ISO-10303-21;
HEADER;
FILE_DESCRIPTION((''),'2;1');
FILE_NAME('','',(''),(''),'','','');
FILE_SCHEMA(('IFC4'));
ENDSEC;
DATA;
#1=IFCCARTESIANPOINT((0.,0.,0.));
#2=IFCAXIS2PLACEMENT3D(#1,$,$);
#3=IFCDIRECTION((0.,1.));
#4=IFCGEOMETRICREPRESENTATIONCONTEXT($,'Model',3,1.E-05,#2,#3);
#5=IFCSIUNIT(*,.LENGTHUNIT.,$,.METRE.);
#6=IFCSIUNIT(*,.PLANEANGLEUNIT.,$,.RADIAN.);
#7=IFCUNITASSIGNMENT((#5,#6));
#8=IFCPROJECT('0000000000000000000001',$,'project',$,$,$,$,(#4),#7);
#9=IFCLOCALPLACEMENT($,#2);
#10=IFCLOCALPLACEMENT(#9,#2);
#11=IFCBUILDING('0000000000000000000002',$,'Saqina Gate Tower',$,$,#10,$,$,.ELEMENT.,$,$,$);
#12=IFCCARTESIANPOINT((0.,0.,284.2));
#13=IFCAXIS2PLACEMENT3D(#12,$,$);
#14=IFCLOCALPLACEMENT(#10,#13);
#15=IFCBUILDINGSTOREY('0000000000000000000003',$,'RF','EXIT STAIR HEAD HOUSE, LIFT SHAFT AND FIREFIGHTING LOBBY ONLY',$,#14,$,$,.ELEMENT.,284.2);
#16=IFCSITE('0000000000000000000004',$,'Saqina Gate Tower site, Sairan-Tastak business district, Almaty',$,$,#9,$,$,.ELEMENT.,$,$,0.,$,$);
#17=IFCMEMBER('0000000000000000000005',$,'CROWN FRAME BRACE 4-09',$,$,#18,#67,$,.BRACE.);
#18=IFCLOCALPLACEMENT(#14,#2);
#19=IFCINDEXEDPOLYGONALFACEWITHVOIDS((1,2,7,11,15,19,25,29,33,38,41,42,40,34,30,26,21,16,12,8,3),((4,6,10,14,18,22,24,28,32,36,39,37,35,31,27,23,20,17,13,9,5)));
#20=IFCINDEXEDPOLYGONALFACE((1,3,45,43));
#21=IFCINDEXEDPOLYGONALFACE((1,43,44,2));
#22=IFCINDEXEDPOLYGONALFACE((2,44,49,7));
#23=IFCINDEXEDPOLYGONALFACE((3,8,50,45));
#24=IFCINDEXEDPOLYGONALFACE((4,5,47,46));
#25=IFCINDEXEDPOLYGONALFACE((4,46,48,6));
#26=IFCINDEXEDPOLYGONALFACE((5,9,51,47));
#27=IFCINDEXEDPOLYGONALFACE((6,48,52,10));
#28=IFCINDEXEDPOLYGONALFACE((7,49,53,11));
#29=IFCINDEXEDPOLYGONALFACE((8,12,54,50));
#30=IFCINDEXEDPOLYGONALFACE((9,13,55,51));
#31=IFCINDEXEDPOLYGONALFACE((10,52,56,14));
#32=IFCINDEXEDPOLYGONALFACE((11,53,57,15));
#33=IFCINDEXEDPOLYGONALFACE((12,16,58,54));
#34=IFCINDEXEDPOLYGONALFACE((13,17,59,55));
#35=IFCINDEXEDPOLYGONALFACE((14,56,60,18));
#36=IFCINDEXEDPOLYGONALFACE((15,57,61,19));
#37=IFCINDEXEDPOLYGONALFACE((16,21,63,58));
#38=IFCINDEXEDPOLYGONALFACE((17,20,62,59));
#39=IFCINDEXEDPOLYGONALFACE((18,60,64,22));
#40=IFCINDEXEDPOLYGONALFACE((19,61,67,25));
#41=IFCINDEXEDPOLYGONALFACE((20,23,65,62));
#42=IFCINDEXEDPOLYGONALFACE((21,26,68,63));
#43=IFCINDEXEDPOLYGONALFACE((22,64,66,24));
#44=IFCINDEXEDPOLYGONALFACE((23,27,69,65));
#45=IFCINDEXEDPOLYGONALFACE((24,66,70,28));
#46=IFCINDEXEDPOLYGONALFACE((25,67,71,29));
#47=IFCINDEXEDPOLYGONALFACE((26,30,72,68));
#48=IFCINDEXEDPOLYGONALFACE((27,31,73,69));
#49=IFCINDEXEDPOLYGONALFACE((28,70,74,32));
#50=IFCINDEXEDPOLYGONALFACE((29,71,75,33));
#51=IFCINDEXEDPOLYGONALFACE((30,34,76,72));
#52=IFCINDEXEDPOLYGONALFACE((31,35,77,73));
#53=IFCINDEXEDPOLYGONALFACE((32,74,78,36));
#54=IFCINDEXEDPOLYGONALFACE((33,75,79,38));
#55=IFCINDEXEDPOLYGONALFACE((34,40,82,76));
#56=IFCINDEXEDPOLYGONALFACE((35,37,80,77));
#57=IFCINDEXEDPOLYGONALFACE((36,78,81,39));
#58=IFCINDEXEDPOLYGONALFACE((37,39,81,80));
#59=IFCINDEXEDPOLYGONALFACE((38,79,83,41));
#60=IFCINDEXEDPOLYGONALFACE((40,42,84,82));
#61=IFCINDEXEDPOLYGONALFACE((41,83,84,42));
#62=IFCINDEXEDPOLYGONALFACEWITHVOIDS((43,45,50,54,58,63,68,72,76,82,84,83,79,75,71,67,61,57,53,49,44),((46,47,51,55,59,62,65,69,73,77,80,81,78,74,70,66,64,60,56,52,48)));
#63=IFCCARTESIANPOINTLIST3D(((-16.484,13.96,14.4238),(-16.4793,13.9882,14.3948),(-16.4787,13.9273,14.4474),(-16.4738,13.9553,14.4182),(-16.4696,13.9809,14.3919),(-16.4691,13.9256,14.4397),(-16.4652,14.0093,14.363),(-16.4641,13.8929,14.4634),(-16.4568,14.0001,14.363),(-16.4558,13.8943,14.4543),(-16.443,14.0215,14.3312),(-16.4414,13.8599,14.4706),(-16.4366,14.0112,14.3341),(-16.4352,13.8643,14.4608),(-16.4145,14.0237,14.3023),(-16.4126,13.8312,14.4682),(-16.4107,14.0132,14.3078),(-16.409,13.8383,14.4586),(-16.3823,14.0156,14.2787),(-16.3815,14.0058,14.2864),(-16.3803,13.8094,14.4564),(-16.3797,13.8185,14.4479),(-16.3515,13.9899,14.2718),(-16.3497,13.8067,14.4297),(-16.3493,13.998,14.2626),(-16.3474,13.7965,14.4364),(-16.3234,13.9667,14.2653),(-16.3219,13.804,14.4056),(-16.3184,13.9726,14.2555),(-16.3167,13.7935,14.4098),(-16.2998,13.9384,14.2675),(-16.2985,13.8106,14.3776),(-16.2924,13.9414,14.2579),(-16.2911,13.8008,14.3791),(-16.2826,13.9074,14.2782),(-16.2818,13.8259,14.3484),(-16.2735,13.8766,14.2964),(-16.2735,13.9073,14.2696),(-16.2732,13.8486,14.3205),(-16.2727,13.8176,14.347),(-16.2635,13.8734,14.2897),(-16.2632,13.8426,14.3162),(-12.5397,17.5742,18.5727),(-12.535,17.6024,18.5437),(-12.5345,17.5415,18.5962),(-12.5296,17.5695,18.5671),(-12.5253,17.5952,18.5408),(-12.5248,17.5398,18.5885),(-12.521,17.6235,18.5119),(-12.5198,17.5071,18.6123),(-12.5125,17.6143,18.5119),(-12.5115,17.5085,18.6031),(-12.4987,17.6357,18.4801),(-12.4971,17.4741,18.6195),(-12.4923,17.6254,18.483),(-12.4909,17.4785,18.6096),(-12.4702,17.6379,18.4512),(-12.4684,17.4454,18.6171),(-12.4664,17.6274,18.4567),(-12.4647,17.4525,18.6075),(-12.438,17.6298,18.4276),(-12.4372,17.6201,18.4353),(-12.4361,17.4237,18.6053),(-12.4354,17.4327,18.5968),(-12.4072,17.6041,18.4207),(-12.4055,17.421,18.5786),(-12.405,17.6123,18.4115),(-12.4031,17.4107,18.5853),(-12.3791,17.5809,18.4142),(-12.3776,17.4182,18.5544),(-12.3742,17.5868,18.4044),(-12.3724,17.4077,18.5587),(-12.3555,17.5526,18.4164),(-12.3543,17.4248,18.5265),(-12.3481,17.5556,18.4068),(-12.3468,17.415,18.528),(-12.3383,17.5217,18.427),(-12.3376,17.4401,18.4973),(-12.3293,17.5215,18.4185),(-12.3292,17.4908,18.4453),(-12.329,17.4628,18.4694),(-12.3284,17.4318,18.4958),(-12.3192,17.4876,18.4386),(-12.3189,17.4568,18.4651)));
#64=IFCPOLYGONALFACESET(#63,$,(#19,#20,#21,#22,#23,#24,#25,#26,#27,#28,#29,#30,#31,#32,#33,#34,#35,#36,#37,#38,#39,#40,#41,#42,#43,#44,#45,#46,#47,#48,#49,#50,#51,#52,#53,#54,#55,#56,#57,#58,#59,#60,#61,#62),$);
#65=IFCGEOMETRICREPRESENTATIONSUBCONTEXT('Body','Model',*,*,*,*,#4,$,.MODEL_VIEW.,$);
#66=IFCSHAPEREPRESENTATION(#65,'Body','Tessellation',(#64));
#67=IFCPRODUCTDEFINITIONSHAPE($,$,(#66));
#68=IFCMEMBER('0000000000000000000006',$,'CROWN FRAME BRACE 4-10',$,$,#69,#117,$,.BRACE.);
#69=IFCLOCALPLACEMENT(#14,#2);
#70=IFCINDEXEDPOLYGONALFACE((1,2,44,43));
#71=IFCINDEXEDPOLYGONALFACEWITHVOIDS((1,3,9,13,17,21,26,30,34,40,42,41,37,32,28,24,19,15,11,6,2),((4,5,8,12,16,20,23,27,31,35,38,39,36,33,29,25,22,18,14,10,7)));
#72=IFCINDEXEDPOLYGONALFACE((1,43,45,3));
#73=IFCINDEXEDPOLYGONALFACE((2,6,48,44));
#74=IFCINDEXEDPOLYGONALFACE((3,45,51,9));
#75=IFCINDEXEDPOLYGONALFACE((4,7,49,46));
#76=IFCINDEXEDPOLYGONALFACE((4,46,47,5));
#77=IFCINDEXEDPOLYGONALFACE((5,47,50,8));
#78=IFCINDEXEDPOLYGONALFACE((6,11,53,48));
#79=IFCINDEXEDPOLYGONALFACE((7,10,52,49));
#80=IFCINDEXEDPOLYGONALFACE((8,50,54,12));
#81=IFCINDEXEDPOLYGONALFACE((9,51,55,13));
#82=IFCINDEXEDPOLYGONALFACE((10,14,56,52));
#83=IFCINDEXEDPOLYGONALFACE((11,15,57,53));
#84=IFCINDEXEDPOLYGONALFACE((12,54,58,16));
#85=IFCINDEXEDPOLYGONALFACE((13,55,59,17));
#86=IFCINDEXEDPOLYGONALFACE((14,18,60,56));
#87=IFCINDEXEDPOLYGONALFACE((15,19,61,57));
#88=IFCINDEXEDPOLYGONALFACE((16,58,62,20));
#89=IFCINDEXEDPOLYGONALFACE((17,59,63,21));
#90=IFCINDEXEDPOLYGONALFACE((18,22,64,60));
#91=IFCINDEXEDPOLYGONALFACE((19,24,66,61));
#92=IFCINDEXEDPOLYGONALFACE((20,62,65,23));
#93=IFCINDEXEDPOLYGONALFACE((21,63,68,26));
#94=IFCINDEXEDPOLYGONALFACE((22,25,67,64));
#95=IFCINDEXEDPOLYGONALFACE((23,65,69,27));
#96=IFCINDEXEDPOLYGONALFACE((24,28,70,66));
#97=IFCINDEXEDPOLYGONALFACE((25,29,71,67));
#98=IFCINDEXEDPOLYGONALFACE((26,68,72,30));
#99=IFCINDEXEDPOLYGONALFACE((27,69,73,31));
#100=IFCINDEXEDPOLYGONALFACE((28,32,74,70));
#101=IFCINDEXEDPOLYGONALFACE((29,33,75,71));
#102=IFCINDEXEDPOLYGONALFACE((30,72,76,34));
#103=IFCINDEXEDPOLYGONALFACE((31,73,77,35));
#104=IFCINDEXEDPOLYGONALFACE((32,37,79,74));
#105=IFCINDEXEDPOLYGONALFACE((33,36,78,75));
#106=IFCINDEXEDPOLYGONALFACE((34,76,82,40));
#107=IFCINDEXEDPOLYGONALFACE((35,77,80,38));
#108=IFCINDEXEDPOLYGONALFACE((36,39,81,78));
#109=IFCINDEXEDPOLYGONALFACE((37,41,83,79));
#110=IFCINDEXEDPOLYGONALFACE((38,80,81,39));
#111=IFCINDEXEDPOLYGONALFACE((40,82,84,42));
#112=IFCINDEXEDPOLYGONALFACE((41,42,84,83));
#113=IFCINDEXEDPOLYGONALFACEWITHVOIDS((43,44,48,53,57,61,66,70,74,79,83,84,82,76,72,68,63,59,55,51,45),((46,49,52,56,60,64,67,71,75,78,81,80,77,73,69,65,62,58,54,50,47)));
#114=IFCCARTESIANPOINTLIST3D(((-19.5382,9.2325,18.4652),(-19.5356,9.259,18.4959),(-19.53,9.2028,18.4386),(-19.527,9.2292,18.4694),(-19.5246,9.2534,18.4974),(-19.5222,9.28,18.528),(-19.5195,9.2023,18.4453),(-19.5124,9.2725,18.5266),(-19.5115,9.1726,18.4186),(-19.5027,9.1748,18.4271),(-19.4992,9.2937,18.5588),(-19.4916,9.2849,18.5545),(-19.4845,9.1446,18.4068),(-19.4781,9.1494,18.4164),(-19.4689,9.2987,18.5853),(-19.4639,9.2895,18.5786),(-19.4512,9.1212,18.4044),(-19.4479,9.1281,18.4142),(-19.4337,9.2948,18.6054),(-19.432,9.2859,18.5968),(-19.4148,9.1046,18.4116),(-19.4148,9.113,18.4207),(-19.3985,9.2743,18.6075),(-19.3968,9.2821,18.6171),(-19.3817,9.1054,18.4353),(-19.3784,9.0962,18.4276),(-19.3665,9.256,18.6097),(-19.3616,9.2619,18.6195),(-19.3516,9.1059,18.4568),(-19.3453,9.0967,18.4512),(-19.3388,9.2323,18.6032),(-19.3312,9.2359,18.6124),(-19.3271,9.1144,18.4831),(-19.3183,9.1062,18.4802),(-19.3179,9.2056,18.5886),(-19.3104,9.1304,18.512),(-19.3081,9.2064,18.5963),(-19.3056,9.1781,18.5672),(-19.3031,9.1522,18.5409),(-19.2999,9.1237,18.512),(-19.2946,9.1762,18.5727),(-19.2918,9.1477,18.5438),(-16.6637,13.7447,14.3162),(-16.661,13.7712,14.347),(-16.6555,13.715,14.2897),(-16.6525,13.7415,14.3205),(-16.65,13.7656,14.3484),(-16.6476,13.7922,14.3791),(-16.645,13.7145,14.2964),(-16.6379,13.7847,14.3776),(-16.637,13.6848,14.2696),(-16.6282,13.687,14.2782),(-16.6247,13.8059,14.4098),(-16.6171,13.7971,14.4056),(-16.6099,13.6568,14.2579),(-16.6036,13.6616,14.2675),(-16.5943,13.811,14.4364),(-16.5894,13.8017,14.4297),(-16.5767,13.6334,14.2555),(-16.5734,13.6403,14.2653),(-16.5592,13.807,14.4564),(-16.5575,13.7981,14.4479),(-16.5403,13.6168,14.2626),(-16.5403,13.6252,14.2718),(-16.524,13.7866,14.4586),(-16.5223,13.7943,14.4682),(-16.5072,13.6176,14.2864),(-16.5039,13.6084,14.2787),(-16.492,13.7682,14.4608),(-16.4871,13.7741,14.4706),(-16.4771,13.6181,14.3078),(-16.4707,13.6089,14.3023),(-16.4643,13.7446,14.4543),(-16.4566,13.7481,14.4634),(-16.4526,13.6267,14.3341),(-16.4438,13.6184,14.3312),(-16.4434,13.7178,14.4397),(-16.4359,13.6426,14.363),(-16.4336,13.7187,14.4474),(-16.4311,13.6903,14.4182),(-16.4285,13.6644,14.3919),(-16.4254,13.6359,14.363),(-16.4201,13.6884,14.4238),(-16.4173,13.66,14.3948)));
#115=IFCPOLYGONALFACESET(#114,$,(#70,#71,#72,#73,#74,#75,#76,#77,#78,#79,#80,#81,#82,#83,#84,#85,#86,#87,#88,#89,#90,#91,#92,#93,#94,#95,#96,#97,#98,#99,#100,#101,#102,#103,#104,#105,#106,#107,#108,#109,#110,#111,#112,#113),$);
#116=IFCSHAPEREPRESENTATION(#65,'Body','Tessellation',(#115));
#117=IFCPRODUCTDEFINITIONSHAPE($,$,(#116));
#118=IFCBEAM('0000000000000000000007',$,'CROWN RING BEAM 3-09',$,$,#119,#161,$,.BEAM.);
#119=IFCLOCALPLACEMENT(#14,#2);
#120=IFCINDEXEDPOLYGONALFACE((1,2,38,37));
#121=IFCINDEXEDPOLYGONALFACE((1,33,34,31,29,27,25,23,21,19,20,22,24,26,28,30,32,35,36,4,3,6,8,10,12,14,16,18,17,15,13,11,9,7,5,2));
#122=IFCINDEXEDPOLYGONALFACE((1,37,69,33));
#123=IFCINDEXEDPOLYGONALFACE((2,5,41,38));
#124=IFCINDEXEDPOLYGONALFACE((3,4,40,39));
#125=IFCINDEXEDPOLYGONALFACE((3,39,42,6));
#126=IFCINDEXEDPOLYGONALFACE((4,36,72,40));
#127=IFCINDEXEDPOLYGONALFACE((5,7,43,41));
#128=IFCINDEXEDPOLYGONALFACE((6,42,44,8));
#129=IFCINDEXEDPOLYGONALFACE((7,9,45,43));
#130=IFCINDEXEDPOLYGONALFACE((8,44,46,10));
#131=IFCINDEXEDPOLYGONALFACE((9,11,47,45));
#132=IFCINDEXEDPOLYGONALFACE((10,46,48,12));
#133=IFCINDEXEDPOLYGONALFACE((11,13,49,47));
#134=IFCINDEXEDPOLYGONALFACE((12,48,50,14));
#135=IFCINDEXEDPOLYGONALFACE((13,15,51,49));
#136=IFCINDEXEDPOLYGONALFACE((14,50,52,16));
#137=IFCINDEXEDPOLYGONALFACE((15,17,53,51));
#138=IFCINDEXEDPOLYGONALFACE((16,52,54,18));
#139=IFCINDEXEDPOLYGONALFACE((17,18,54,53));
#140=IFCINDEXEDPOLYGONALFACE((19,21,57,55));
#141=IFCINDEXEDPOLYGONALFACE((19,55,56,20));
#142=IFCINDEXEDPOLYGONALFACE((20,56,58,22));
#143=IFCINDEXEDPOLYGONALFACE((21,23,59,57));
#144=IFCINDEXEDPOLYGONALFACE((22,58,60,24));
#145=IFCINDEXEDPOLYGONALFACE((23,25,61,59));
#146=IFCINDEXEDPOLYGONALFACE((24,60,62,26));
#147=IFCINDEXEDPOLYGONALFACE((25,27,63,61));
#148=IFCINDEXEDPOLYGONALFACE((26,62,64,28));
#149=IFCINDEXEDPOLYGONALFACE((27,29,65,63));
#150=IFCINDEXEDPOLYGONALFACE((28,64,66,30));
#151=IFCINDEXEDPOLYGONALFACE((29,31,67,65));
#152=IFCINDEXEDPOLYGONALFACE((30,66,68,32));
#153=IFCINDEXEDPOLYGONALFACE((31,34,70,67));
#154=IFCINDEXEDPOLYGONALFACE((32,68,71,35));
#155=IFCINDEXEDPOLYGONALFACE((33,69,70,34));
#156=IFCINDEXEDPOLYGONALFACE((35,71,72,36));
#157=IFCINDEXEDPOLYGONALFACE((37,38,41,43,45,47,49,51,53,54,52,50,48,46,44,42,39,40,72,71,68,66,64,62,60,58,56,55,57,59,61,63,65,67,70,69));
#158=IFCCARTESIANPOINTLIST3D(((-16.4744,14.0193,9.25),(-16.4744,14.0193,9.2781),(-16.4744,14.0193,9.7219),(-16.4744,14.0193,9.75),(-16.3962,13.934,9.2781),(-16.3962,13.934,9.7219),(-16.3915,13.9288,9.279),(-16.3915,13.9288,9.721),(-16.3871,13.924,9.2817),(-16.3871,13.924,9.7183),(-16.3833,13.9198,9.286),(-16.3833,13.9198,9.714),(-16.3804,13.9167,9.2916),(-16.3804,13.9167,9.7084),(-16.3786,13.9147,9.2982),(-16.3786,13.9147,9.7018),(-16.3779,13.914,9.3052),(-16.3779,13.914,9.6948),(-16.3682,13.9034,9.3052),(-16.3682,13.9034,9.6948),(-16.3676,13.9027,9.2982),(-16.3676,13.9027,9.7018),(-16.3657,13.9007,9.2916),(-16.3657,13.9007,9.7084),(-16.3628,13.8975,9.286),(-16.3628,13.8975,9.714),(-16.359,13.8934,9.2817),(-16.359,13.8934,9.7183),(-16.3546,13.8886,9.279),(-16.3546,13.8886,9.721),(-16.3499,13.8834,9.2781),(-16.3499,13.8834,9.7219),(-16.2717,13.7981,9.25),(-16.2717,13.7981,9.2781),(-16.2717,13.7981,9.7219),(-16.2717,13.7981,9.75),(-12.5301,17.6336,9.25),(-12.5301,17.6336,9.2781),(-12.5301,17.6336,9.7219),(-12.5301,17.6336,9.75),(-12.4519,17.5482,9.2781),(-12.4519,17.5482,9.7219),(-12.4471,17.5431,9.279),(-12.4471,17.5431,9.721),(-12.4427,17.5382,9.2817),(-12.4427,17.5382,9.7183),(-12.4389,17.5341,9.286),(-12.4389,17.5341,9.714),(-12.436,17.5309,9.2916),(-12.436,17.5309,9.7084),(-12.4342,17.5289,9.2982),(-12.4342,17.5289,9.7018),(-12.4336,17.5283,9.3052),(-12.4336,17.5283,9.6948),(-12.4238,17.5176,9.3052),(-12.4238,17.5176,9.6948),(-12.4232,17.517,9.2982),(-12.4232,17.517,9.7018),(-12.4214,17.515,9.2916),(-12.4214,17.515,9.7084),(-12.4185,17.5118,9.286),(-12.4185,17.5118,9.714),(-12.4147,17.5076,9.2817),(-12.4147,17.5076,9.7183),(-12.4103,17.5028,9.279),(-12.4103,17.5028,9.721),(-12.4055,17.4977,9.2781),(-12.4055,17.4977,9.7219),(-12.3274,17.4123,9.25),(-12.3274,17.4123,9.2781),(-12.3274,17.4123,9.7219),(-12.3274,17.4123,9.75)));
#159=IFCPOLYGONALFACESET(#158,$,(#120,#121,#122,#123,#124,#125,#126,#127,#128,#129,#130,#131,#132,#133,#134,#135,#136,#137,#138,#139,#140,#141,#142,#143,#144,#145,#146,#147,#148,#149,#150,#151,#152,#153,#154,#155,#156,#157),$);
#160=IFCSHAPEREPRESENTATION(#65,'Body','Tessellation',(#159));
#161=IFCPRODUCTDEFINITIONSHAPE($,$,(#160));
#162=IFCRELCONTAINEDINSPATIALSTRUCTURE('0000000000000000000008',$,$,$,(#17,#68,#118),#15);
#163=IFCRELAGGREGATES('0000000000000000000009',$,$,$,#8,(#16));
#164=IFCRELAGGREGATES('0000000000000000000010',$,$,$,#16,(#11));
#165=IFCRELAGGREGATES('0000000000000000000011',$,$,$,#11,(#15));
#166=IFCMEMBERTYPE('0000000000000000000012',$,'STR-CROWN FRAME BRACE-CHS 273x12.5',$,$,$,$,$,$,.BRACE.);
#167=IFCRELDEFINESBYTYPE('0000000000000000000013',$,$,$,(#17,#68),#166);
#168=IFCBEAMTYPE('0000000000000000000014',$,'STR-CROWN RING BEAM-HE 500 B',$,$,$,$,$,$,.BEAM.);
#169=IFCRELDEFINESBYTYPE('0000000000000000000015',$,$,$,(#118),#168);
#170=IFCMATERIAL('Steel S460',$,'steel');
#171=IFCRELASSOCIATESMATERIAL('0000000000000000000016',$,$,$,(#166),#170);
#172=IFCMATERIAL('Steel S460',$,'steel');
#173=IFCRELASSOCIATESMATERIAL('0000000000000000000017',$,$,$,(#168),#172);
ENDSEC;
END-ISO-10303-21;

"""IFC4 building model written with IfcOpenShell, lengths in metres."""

from ifc_helpers import new_model, si_unit, direction, frame, origin, origin_2d, place, context, subcontext, project, spatial, hollow_circle, i_section, extrude, material, material_profile, profile_set, type_object, element, save


model = new_model("IFC4")

# Units and contexts
model_context = context("Model", 3, precision=1e-05, world=origin(), true_north=direction((0.0, 1.0)))
body_context = subcontext(model_context, "Body", "Model", "MODEL_VIEW")
ifc_project = project(units=[si_unit("LENGTHUNIT", "METRE"), si_unit("PLANEANGLEUNIT", "RADIAN")], contexts=[model_context])

# Site, building, storey
site_placement = place(None, origin())
site = spatial("IfcSite", under=ifc_project, at=site_placement, Name="Saqina Gate Tower site, Sairan-Tastak business district, Almaty", CompositionType="ELEMENT", RefElevation=0.0)
building_placement = place(site_placement, origin())
building = spatial("IfcBuilding", under=site, at=building_placement, Name="Saqina Gate Tower", CompositionType="ELEMENT")
storey_placement = place(building_placement, frame((0.0, 0.0, 284.2)))
storey = spatial("IfcBuildingStorey", under=building, at=storey_placement, Name="RF", Description="EXIT STAIR HEAD HOUSE, LIFT SHAFT AND FIREFIGHTING LOBBY ONLY", CompositionType="ELEMENT", Elevation=284.2)

# Members
ifc_material_1 = material(Name="Steel S460", Category="steel")
ifc_material_profile_1 = material_profile(ifc_material_1, hollow_circle(Radius=0.1365, WallThickness=0.0125, at=origin_2d()), Name="CHS 273x12.5")
ifc_profile_set_1 = profile_set([ifc_material_profile_1], Name="Steel S460")
member_type = type_object("IfcMemberType", Name="STR-CROWN FRAME BRACE-CHS 273x12.5", PredefinedType="BRACE", material=ifc_profile_set_1)
for number, where, z_axis, x_axis, name in (
    (1, (-16.373, 13.9087, 14.363), (0.582611, 0.533856, 0.612831), (-0.675584, 0.737283, 0.0), "CROWN FRAME BRACE 4-09"),
):
    element("IfcMember", number, at=place(storey_placement, frame(where, z_axis=z_axis, x_axis=x_axis)), inside=storey, type_object=member_type, Name=name, PredefinedType="BRACE", context=body_context, shape_type="SweptSolid", body=[
        extrude(hollow_circle(Radius=0.1365, WallThickness=0.0125, at=origin_2d()), origin(), (0.0, 0.0, 1.0), 6.77),
    ])
member_1_placement = place(storey_placement, frame((-16.5405, 13.7092, 14.363), z_axis=(-0.424579, -0.666475, 0.612816), x_axis=(0.843398, -0.537289, 0.0)))
element("IfcMember", 2, at=member_1_placement, inside=storey, type_object=member_type, Name="CROWN FRAME BRACE 4-10", PredefinedType="BRACE", context=body_context, shape_type="SweptSolid", body=[
    extrude(hollow_circle(Radius=0.1365, WallThickness=0.0125, at=origin_2d()), origin(), (0.0, 0.0, 1.0), 6.7703),
])

# Beam
ifc_material_2 = material(Name="Steel S460", Category="steel")
ifc_material_profile_2 = material_profile(ifc_material_2, i_section(OverallWidth=0.3, OverallDepth=0.5, WebThickness=0.0144, FlangeThickness=0.0281, FilletRadius=0.0271, at=origin_2d()), Name="HE 500 B")
ifc_profile_set_2 = profile_set([ifc_material_profile_2], Name="Steel S460")
beam_type_1 = type_object("IfcBeamType", Name="STR-CROWN RING BEAM-HE 500 B", PredefinedType="BEAM", material=ifc_profile_set_2)
beam_1_placement = place(storey_placement, frame((-12.4287, 17.5229, 9.5), z_axis=(-0.737283, -0.675584, 0.0), x_axis=(0.675584, -0.737283, 0.0)))
element("IfcBeam", 3, at=beam_1_placement, inside=storey, type_object=beam_type_1, Name="CROWN RING BEAM 3-09", PredefinedType="BEAM", context=body_context, shape_type="SweptSolid", body=[
    extrude(i_section(OverallWidth=0.3, OverallDepth=0.5, WebThickness=0.0144, FlangeThickness=0.0281, FilletRadius=0.0271, at=origin_2d()), origin(), (0.0, 0.0, 1.0), 5.3499),
])

save(model, "model.ifc")
